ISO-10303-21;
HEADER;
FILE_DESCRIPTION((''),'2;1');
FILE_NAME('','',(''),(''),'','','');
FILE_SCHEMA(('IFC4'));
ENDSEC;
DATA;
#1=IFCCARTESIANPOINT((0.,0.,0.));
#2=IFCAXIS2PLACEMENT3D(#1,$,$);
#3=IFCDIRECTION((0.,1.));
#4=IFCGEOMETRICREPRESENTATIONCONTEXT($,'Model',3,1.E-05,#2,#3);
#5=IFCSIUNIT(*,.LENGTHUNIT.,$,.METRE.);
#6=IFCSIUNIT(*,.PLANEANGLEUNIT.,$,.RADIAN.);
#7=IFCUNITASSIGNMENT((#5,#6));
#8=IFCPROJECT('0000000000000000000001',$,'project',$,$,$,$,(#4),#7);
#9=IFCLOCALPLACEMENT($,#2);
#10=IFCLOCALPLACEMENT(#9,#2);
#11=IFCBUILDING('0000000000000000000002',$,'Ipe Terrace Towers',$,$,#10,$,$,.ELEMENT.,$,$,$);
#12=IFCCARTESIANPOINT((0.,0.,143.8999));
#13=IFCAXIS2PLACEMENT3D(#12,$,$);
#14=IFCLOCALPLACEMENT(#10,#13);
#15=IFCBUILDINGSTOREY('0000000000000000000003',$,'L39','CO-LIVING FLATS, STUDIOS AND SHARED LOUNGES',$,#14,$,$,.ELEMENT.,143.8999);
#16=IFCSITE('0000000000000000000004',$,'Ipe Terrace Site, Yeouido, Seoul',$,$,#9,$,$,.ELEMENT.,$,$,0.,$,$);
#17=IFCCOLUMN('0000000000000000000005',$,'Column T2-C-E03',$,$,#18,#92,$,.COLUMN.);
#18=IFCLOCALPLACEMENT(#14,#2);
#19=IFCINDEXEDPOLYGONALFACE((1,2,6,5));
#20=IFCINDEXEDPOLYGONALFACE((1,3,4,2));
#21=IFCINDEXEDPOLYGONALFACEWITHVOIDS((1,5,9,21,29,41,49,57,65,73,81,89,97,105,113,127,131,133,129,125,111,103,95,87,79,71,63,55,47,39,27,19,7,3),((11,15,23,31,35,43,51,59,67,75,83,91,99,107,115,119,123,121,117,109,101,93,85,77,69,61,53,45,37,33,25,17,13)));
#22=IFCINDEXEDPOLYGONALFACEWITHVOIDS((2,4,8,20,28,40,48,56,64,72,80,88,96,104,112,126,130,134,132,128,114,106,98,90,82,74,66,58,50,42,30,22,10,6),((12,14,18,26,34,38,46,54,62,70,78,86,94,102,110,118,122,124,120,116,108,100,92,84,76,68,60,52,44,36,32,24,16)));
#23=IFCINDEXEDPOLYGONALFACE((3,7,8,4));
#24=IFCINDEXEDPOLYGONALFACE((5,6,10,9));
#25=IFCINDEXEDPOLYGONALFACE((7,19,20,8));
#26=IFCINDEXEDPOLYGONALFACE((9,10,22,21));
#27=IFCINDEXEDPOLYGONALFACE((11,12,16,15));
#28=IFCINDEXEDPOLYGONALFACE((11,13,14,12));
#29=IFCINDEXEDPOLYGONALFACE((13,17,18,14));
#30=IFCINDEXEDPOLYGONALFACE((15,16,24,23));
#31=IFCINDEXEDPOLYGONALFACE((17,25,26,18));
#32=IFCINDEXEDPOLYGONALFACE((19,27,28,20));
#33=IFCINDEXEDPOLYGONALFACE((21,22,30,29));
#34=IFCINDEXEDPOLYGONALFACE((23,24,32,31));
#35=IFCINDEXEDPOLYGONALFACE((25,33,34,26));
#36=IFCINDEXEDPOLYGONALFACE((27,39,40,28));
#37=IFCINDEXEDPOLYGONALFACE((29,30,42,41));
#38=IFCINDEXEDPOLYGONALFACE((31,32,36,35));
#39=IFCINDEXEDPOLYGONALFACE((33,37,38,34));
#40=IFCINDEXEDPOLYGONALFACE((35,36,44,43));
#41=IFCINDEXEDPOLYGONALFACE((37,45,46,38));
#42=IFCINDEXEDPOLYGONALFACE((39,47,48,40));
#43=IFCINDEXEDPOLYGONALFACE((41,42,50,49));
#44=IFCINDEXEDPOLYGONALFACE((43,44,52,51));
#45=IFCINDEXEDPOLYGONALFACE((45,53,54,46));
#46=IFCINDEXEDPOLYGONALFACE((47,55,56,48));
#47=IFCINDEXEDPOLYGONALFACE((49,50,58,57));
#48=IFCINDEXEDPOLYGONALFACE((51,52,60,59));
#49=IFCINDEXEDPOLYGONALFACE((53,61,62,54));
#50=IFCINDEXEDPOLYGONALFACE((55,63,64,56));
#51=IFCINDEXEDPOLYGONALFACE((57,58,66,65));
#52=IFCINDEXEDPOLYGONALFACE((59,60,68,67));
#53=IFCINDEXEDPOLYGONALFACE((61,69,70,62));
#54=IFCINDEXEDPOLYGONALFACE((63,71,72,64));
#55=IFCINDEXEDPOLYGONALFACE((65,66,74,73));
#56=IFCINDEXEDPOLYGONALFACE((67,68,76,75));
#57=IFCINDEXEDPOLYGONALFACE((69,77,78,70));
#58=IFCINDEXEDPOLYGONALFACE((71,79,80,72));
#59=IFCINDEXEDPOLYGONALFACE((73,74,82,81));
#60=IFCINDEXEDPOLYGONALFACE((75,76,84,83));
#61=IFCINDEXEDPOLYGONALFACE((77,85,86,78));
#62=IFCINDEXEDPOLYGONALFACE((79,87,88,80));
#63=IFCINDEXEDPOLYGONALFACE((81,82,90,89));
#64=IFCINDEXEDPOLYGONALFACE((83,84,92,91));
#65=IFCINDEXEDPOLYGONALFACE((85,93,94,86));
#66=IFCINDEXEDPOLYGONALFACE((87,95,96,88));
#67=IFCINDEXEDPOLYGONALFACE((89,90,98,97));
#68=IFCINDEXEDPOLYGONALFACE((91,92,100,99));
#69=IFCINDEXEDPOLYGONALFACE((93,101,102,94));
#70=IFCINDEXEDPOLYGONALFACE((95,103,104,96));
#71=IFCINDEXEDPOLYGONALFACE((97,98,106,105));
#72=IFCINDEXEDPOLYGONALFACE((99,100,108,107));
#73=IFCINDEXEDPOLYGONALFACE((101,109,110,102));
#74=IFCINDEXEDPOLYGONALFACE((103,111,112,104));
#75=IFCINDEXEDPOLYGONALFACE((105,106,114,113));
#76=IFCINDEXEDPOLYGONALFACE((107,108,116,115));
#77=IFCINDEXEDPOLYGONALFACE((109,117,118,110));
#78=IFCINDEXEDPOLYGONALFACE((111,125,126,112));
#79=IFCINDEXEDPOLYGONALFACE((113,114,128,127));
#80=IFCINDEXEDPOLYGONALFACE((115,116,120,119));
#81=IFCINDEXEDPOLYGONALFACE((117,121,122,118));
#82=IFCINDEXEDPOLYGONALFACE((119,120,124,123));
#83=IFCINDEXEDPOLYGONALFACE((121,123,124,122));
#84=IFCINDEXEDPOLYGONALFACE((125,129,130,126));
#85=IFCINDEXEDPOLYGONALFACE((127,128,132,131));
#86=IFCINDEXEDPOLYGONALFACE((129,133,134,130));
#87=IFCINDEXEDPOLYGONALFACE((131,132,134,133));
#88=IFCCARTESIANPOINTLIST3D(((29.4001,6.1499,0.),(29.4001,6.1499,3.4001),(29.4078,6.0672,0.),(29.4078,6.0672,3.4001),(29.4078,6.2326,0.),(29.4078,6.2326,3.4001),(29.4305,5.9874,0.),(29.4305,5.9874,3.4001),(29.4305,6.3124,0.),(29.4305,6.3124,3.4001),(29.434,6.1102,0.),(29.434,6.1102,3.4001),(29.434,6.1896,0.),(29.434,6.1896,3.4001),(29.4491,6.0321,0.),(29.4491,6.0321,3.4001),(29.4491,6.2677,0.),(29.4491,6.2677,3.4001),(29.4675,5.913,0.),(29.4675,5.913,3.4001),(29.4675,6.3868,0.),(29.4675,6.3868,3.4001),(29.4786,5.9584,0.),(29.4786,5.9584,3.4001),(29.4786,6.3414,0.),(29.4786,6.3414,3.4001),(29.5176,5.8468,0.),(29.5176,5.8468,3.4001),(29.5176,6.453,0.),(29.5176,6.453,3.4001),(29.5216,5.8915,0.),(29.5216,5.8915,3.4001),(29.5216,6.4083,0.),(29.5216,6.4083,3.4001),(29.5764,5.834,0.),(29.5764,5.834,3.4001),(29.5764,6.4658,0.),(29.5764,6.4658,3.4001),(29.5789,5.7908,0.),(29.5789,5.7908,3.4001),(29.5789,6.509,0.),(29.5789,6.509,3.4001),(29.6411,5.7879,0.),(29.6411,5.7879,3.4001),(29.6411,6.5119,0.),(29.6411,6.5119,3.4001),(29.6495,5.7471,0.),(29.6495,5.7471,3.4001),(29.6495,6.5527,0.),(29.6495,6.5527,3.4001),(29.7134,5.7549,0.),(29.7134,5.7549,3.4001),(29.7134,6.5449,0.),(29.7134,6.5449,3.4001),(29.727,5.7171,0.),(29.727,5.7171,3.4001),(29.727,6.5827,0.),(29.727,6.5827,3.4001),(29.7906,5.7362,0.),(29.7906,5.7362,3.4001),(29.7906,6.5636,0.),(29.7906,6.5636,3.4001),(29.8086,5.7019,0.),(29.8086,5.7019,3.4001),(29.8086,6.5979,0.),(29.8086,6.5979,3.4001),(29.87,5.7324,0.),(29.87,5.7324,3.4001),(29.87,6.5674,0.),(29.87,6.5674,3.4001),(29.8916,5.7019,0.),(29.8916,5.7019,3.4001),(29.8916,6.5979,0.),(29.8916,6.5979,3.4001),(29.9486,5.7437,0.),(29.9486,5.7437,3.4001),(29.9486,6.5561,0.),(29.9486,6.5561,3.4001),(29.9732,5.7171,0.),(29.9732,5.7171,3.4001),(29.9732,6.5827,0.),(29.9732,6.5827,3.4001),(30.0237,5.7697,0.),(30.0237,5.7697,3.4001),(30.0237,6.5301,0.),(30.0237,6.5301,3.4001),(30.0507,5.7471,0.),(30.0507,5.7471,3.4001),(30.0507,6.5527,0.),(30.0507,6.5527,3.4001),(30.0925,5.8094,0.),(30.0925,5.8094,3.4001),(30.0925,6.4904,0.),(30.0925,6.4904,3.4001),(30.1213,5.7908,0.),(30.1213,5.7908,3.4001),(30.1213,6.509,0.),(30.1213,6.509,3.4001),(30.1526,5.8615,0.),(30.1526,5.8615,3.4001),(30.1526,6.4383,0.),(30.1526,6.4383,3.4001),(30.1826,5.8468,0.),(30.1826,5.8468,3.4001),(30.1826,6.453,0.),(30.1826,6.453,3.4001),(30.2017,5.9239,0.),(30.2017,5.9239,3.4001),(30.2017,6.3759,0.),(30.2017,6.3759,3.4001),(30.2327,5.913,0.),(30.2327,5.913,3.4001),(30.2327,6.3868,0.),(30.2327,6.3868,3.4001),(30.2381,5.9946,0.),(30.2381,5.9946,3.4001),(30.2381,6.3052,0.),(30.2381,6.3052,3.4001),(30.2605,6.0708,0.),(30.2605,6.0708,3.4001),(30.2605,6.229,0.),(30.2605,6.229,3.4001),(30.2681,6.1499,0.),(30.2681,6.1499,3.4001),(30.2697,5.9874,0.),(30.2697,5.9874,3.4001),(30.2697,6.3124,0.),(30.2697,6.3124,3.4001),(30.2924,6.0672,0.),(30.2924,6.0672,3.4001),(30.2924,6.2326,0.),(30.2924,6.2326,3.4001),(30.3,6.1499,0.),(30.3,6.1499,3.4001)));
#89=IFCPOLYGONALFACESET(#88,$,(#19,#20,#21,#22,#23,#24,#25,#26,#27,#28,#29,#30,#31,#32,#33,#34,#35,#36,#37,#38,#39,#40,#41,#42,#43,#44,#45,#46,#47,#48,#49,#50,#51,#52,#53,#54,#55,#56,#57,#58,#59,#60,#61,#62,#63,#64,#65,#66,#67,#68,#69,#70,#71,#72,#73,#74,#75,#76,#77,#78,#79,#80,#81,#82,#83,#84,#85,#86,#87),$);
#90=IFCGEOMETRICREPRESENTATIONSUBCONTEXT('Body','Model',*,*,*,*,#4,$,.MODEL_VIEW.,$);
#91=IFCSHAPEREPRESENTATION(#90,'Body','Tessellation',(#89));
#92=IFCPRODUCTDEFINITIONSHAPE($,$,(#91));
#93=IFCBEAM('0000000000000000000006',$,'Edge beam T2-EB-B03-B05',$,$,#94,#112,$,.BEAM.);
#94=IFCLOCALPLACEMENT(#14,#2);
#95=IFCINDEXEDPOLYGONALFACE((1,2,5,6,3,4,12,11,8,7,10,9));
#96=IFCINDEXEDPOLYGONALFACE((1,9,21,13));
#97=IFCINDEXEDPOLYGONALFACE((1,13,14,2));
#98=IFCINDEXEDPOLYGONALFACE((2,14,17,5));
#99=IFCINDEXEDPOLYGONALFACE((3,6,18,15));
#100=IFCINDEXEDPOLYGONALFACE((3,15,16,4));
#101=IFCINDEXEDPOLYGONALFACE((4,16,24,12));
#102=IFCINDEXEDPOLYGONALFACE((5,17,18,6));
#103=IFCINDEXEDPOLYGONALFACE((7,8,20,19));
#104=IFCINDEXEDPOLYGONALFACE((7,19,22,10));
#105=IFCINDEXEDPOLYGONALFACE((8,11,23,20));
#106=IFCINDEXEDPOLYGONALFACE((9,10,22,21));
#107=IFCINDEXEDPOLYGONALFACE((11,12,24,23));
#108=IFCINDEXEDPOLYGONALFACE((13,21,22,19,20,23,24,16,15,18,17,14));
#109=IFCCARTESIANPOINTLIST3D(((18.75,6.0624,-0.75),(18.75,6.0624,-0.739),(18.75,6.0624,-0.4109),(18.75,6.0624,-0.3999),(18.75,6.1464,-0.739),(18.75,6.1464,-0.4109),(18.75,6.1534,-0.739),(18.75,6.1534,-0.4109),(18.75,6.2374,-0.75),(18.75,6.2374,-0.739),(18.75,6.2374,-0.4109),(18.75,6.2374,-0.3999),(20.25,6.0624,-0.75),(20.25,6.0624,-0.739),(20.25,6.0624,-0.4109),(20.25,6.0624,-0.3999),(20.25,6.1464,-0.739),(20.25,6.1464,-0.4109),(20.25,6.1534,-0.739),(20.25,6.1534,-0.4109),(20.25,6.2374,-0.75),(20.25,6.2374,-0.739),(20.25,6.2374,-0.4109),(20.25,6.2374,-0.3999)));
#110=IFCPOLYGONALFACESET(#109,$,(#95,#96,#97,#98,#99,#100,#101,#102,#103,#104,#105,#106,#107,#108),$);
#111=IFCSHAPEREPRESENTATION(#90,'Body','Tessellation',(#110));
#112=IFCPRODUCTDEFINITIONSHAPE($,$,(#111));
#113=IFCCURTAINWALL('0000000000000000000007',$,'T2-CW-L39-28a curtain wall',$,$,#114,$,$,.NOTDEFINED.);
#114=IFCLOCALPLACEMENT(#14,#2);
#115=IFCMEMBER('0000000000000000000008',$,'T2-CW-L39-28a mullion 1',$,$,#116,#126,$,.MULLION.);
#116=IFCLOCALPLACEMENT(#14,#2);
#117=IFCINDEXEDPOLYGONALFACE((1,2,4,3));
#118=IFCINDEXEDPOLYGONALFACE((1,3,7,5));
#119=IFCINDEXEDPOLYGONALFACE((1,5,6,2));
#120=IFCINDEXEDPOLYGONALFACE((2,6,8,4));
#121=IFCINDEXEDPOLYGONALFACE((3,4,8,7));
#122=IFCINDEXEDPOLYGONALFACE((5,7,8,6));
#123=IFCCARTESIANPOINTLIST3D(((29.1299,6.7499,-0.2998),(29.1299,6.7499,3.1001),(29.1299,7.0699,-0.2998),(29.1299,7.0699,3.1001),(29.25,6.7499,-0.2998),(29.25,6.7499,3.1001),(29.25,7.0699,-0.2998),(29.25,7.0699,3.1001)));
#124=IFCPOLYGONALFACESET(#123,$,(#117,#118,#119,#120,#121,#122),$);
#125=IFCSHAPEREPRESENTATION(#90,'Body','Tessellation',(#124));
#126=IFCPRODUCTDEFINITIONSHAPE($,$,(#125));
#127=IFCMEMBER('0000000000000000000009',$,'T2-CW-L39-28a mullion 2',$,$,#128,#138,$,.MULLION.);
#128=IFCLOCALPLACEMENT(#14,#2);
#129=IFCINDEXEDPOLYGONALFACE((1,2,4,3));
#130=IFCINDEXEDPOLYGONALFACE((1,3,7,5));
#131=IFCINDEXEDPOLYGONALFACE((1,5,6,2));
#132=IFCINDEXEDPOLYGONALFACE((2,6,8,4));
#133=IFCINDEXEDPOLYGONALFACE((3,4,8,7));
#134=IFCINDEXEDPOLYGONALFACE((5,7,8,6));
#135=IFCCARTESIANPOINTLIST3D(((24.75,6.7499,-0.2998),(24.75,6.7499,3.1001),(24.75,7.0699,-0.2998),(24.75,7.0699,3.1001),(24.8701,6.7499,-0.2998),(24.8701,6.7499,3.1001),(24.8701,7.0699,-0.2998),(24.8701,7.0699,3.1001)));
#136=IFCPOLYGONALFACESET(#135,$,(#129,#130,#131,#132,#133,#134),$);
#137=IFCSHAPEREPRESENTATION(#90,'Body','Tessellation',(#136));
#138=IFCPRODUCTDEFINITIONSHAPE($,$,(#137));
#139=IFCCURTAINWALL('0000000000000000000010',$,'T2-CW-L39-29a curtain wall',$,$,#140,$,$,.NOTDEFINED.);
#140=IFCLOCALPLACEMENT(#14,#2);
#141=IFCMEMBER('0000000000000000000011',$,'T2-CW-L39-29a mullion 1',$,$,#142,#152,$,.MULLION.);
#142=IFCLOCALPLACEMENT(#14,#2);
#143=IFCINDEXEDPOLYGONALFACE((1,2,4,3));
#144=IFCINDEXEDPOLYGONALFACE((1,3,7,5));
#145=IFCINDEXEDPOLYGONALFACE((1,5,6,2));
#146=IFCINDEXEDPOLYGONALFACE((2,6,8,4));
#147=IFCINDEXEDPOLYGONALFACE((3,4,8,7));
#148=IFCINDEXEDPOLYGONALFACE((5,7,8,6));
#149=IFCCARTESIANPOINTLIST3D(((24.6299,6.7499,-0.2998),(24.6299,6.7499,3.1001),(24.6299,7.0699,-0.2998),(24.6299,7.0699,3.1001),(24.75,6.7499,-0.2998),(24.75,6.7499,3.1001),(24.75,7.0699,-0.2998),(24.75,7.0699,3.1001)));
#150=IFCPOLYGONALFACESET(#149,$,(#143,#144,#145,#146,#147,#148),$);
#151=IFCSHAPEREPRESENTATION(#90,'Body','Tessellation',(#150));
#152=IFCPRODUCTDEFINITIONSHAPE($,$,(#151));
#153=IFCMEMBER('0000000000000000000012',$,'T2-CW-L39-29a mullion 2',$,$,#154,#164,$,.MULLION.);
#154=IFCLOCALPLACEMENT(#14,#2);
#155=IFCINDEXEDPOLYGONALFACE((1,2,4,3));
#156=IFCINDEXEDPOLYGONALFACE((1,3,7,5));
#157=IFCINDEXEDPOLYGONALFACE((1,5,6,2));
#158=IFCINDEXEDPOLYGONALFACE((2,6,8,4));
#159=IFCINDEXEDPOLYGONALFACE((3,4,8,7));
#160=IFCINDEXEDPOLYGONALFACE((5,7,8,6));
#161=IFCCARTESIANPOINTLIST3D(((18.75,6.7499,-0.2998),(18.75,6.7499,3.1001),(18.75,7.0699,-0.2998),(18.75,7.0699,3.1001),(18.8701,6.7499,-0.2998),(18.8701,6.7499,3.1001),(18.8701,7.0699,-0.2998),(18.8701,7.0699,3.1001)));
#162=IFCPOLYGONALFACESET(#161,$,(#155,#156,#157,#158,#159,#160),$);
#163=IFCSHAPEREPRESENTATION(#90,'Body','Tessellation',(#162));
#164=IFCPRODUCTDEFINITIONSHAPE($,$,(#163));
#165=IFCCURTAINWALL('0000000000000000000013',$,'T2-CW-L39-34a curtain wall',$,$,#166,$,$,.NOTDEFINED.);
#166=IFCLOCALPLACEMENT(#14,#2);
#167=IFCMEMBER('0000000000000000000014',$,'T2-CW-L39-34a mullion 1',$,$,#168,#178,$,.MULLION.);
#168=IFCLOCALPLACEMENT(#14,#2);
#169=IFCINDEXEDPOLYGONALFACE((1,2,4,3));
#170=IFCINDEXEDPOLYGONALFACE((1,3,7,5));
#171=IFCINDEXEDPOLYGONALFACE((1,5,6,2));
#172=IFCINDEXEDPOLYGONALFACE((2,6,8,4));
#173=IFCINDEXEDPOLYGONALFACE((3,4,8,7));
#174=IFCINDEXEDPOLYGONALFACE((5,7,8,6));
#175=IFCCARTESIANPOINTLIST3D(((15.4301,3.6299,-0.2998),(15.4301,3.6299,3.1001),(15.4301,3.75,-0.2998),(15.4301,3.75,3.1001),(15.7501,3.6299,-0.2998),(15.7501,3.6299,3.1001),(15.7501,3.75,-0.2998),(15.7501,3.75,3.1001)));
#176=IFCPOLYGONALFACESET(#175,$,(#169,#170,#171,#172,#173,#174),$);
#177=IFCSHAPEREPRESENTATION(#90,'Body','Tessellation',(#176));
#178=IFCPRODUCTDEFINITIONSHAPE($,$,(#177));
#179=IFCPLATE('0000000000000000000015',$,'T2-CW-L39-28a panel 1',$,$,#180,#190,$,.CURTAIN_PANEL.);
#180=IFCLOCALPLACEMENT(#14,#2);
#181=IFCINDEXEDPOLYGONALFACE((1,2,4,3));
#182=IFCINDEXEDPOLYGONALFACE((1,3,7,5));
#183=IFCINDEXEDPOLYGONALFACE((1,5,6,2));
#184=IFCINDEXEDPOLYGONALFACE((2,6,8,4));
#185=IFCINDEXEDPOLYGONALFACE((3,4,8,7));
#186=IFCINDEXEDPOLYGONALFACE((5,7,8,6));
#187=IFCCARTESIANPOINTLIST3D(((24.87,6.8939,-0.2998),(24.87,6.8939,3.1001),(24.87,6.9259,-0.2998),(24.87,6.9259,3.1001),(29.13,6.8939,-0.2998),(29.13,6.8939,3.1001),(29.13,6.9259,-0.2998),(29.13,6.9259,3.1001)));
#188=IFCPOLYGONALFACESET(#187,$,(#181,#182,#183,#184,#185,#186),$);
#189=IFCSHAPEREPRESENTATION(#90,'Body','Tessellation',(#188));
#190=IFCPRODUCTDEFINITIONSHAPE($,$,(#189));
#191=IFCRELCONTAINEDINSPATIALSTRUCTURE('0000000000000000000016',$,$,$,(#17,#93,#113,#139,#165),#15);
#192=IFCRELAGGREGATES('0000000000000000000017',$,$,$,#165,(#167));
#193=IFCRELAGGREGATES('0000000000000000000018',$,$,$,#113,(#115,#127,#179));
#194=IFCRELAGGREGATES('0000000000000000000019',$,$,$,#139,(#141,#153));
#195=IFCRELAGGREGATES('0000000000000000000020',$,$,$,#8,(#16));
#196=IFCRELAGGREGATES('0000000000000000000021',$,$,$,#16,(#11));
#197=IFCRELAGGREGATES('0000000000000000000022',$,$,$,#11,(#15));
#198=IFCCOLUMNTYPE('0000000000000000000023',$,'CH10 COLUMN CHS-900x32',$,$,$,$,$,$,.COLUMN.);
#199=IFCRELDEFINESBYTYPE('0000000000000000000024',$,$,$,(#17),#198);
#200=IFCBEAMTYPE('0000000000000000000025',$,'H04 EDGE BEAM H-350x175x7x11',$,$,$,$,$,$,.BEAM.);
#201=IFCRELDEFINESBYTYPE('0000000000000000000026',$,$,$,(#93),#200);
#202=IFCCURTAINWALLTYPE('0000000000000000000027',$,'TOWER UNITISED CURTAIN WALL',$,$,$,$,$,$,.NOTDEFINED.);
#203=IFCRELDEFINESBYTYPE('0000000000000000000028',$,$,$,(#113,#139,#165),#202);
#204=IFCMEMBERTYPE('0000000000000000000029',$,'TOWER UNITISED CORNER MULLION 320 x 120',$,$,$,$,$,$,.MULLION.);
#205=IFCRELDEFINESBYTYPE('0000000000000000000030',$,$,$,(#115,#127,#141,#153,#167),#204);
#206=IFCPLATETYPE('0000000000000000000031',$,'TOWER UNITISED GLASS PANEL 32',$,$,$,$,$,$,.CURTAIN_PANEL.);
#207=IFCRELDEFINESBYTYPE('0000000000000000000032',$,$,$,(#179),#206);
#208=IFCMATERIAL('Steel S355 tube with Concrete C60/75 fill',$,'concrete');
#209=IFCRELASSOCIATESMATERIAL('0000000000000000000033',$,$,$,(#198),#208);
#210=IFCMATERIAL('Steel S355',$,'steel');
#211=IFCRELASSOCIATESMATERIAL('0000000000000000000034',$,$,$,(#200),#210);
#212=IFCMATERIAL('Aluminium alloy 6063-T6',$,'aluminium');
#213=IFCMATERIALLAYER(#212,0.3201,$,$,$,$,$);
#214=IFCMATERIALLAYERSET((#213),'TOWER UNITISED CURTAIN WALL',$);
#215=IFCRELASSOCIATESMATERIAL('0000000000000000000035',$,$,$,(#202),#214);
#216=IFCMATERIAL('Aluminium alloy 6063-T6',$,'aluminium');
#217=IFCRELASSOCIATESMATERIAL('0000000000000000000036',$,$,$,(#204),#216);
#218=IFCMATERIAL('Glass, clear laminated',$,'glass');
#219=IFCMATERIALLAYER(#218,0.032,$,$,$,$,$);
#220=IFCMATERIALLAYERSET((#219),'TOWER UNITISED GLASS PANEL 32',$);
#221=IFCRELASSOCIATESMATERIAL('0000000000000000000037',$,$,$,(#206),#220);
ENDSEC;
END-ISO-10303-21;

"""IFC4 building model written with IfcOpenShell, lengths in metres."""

from ifc_helpers import new_model, si_unit, direction, frame, origin, origin_2d, place, context, subcontext, project, spatial, rectangle, hollow_circle, i_section, extrude, material, layer, layer_set, material_profile, profile_set, type_object, element, aggregate, save


model = new_model("IFC4")

# Units and contexts
model_context = context("Model", 3, precision=1e-05, world=origin(), true_north=direction((0.0, 1.0)))
body_context = subcontext(model_context, "Body", "Model", "MODEL_VIEW")
ifc_project = project(units=[si_unit("LENGTHUNIT", "METRE"), si_unit("PLANEANGLEUNIT", "RADIAN")], contexts=[model_context])

# Site, building, storey
site_placement = place(None, origin())
site = spatial("IfcSite", under=ifc_project, at=site_placement, Name="Ipe Terrace Site, Yeouido, Seoul", CompositionType="ELEMENT", RefElevation=0.0)
building_placement = place(site_placement, origin())
building = spatial("IfcBuilding", under=site, at=building_placement, Name="Ipe Terrace Towers", CompositionType="ELEMENT")
storey_placement = place(building_placement, frame((0.0, 0.0, 143.8999)))
storey = spatial("IfcBuildingStorey", under=building, at=storey_placement, Name="L39", Description="CO-LIVING FLATS, STUDIOS AND SHARED LOUNGES", CompositionType="ELEMENT", Elevation=143.8999)

# Column
ifc_material_1 = material(Name="Steel S355 tube with Concrete C60/75 fill", Category="concrete")
ifc_material_profile_1 = material_profile(ifc_material_1, hollow_circle(Radius=0.45, WallThickness=0.032, at=origin_2d()), Name="CHS-900x32")
ifc_profile_set_1 = profile_set([ifc_material_profile_1], Name="Steel S355 tube with Concrete C60/75 fill")
column_type_1 = type_object("IfcColumnType", Name="CH10 COLUMN CHS-900x32", PredefinedType="COLUMN", material=ifc_profile_set_1)
column_placement = place(storey_placement, frame((29.8501, 6.1499, 0.0), z_axis=(0.0, 0.0, 1.0), x_axis=(1.0, 0.0, 0.0)))
element("IfcColumn", 1, at=column_placement, inside=storey, type_object=column_type_1, Name="Column T2-C-E03", PredefinedType="COLUMN", context=body_context, shape_type="SweptSolid", body=[
    extrude(hollow_circle(Radius=0.45, WallThickness=0.032, at=origin_2d()), origin(), (0.0, 0.0, 1.0), 3.4001),
])

# Beam
ifc_material_2 = material(Name="Steel S355", Category="steel")
ifc_material_profile_2 = material_profile(ifc_material_2, i_section(OverallWidth=0.175, OverallDepth=0.3501, WebThickness=0.0071, FlangeThickness=0.011, at=origin_2d()), Name="H-350x175x7x11")
ifc_profile_set_2 = profile_set([ifc_material_profile_2], Name="Steel S355")
beam_type = type_object("IfcBeamType", Name="H04 EDGE BEAM H-350x175x7x11", PredefinedType="BEAM", material=ifc_profile_set_2)
beam_placement = place(storey_placement, frame((20.25, 6.1499, -0.575), z_axis=(-1.0, 0.0, 0.0), x_axis=(0.0, -1.0, 0.0)))
element("IfcBeam", 2, at=beam_placement, inside=storey, type_object=beam_type, Name="Edge beam T2-EB-B03-B05", PredefinedType="BEAM", context=body_context, shape_type="SweptSolid", body=[
    extrude(i_section(OverallWidth=0.175, OverallDepth=0.3501, WebThickness=0.0071, FlangeThickness=0.011, at=origin_2d()), origin(), (0.0, 0.0, 1.0), 1.5),
])

# Curtain walls, members
ifc_material_3 = material(Name="Aluminium alloy 6063-T6", Category="aluminium")
ifc_layer_1 = layer(ifc_material_3, 0.3201)
ifc_layer_set_1 = layer_set([ifc_layer_1], Name="TOWER UNITISED CURTAIN WALL")
curtain_wall_type = type_object("IfcCurtainWallType", Name="TOWER UNITISED CURTAIN WALL", PredefinedType="NOTDEFINED", material=ifc_layer_set_1)
curtain_wall_1_placement = place(storey_placement, origin())
curtain_wall_1 = element("IfcCurtainWall", 3, at=curtain_wall_1_placement, inside=storey, type_object=curtain_wall_type, Name="T2-CW-L39-28a curtain wall", PredefinedType="NOTDEFINED")
ifc_material_4 = material(Name="Aluminium alloy 6063-T6", Category="aluminium")
ifc_material_profile_3 = material_profile(ifc_material_4, rectangle(XDim=0.3201, YDim=0.1201, at=origin_2d()), Name="TOWER UNITISED CORNER MULLION 320 x 120")
ifc_profile_set_3 = profile_set([ifc_material_profile_3], Name="Aluminium alloy 6063-T6")
member_type = type_object("IfcMemberType", Name="TOWER UNITISED CORNER MULLION 320 x 120", PredefinedType="MULLION", material=ifc_profile_set_3)
member_1_placement = place(storey_placement, frame((29.1899, 6.9099, -0.2998), z_axis=(0.0, 0.0, 1.0), x_axis=(0.0, 1.0, 0.0)))
member_1 = element("IfcMember", 4, at=member_1_placement, type_object=member_type, Name="T2-CW-L39-28a mullion 1", PredefinedType="MULLION", context=body_context, shape_type="SweptSolid", body=[
    extrude(rectangle(XDim=0.3201, YDim=0.1201, at=origin_2d()), origin(), (0.0, 0.0, 1.0), 3.3999),
])
member_2_placement = place(storey_placement, frame((24.8101, 6.9099, -0.2998), z_axis=(0.0, 0.0, 1.0), x_axis=(0.0, 1.0, 0.0)))
member_2 = element("IfcMember", 5, at=member_2_placement, type_object=member_type, Name="T2-CW-L39-28a mullion 2", PredefinedType="MULLION", context=body_context, shape_type="SweptSolid", body=[
    extrude(rectangle(XDim=0.3201, YDim=0.1201, at=origin_2d()), origin(), (0.0, 0.0, 1.0), 3.3999),
])
curtain_wall_2_placement = place(storey_placement, origin())
curtain_wall_2 = element("IfcCurtainWall", 6, at=curtain_wall_2_placement, inside=storey, type_object=curtain_wall_type, Name="T2-CW-L39-29a curtain wall", PredefinedType="NOTDEFINED")
member_3_placement = place(storey_placement, frame((24.6899, 6.9099, -0.2998), z_axis=(0.0, 0.0, 1.0), x_axis=(0.0, 1.0, 0.0)))
member_3 = element("IfcMember", 7, at=member_3_placement, type_object=member_type, Name="T2-CW-L39-29a mullion 1", PredefinedType="MULLION", context=body_context, shape_type="SweptSolid", body=[
    extrude(rectangle(XDim=0.3201, YDim=0.1201, at=origin_2d()), origin(), (0.0, 0.0, 1.0), 3.3999),
])
member_4_placement = place(storey_placement, frame((18.8101, 6.9099, -0.2998), z_axis=(0.0, 0.0, 1.0), x_axis=(0.0, 1.0, 0.0)))
member_4 = element("IfcMember", 8, at=member_4_placement, type_object=member_type, Name="T2-CW-L39-29a mullion 2", PredefinedType="MULLION", context=body_context, shape_type="SweptSolid", body=[
    extrude(rectangle(XDim=0.3201, YDim=0.1201, at=origin_2d()), origin(), (0.0, 0.0, 1.0), 3.3999),
])

# Curtain wall, member
curtain_wall_3_placement = place(storey_placement, origin())
curtain_wall_3 = element("IfcCurtainWall", 9, at=curtain_wall_3_placement, inside=storey, type_object=curtain_wall_type, Name="T2-CW-L39-34a curtain wall", PredefinedType="NOTDEFINED")
member_5_placement = place(storey_placement, frame((15.5901, 3.6899, -0.2998), z_axis=(0.0, 0.0, 1.0), x_axis=(-1.0, 0.0, 0.0)))
member_5 = element("IfcMember", 10, at=member_5_placement, type_object=member_type, Name="T2-CW-L39-34a mullion 1", PredefinedType="MULLION", context=body_context, shape_type="SweptSolid", body=[
    extrude(rectangle(XDim=0.3201, YDim=0.1201, at=origin_2d()), origin(), (0.0, 0.0, 1.0), 3.3999),
])
aggregate(curtain_wall_3, [member_5])

# Plate
ifc_material_5 = material(Name="Glass, clear laminated", Category="glass")
ifc_layer_2 = layer(ifc_material_5, 0.032)
ifc_layer_set_2 = layer_set([ifc_layer_2], Name="TOWER UNITISED GLASS PANEL 32")
plate_type = type_object("IfcPlateType", Name="TOWER UNITISED GLASS PANEL 32", PredefinedType="CURTAIN_PANEL", material=ifc_layer_set_2)
plate_1_placement = place(storey_placement, frame((27.0, 6.9099, -0.2998), z_axis=(0.0, 0.0, 1.0), x_axis=(-1.0, 0.0, 0.0)))
plate_1 = element("IfcPlate", 11, at=plate_1_placement, type_object=plate_type, Name="T2-CW-L39-28a panel 1", PredefinedType="CURTAIN_PANEL", context=body_context, shape_type="SweptSolid", body=[
    extrude(rectangle(XDim=4.26, YDim=0.032, at=origin_2d()), origin(), (0.0, 0.0, 1.0), 3.3999),
])
aggregate(curtain_wall_1, [member_1, member_2, plate_1])
aggregate(curtain_wall_2, [member_3, member_4])

save(model, "model.ifc")
